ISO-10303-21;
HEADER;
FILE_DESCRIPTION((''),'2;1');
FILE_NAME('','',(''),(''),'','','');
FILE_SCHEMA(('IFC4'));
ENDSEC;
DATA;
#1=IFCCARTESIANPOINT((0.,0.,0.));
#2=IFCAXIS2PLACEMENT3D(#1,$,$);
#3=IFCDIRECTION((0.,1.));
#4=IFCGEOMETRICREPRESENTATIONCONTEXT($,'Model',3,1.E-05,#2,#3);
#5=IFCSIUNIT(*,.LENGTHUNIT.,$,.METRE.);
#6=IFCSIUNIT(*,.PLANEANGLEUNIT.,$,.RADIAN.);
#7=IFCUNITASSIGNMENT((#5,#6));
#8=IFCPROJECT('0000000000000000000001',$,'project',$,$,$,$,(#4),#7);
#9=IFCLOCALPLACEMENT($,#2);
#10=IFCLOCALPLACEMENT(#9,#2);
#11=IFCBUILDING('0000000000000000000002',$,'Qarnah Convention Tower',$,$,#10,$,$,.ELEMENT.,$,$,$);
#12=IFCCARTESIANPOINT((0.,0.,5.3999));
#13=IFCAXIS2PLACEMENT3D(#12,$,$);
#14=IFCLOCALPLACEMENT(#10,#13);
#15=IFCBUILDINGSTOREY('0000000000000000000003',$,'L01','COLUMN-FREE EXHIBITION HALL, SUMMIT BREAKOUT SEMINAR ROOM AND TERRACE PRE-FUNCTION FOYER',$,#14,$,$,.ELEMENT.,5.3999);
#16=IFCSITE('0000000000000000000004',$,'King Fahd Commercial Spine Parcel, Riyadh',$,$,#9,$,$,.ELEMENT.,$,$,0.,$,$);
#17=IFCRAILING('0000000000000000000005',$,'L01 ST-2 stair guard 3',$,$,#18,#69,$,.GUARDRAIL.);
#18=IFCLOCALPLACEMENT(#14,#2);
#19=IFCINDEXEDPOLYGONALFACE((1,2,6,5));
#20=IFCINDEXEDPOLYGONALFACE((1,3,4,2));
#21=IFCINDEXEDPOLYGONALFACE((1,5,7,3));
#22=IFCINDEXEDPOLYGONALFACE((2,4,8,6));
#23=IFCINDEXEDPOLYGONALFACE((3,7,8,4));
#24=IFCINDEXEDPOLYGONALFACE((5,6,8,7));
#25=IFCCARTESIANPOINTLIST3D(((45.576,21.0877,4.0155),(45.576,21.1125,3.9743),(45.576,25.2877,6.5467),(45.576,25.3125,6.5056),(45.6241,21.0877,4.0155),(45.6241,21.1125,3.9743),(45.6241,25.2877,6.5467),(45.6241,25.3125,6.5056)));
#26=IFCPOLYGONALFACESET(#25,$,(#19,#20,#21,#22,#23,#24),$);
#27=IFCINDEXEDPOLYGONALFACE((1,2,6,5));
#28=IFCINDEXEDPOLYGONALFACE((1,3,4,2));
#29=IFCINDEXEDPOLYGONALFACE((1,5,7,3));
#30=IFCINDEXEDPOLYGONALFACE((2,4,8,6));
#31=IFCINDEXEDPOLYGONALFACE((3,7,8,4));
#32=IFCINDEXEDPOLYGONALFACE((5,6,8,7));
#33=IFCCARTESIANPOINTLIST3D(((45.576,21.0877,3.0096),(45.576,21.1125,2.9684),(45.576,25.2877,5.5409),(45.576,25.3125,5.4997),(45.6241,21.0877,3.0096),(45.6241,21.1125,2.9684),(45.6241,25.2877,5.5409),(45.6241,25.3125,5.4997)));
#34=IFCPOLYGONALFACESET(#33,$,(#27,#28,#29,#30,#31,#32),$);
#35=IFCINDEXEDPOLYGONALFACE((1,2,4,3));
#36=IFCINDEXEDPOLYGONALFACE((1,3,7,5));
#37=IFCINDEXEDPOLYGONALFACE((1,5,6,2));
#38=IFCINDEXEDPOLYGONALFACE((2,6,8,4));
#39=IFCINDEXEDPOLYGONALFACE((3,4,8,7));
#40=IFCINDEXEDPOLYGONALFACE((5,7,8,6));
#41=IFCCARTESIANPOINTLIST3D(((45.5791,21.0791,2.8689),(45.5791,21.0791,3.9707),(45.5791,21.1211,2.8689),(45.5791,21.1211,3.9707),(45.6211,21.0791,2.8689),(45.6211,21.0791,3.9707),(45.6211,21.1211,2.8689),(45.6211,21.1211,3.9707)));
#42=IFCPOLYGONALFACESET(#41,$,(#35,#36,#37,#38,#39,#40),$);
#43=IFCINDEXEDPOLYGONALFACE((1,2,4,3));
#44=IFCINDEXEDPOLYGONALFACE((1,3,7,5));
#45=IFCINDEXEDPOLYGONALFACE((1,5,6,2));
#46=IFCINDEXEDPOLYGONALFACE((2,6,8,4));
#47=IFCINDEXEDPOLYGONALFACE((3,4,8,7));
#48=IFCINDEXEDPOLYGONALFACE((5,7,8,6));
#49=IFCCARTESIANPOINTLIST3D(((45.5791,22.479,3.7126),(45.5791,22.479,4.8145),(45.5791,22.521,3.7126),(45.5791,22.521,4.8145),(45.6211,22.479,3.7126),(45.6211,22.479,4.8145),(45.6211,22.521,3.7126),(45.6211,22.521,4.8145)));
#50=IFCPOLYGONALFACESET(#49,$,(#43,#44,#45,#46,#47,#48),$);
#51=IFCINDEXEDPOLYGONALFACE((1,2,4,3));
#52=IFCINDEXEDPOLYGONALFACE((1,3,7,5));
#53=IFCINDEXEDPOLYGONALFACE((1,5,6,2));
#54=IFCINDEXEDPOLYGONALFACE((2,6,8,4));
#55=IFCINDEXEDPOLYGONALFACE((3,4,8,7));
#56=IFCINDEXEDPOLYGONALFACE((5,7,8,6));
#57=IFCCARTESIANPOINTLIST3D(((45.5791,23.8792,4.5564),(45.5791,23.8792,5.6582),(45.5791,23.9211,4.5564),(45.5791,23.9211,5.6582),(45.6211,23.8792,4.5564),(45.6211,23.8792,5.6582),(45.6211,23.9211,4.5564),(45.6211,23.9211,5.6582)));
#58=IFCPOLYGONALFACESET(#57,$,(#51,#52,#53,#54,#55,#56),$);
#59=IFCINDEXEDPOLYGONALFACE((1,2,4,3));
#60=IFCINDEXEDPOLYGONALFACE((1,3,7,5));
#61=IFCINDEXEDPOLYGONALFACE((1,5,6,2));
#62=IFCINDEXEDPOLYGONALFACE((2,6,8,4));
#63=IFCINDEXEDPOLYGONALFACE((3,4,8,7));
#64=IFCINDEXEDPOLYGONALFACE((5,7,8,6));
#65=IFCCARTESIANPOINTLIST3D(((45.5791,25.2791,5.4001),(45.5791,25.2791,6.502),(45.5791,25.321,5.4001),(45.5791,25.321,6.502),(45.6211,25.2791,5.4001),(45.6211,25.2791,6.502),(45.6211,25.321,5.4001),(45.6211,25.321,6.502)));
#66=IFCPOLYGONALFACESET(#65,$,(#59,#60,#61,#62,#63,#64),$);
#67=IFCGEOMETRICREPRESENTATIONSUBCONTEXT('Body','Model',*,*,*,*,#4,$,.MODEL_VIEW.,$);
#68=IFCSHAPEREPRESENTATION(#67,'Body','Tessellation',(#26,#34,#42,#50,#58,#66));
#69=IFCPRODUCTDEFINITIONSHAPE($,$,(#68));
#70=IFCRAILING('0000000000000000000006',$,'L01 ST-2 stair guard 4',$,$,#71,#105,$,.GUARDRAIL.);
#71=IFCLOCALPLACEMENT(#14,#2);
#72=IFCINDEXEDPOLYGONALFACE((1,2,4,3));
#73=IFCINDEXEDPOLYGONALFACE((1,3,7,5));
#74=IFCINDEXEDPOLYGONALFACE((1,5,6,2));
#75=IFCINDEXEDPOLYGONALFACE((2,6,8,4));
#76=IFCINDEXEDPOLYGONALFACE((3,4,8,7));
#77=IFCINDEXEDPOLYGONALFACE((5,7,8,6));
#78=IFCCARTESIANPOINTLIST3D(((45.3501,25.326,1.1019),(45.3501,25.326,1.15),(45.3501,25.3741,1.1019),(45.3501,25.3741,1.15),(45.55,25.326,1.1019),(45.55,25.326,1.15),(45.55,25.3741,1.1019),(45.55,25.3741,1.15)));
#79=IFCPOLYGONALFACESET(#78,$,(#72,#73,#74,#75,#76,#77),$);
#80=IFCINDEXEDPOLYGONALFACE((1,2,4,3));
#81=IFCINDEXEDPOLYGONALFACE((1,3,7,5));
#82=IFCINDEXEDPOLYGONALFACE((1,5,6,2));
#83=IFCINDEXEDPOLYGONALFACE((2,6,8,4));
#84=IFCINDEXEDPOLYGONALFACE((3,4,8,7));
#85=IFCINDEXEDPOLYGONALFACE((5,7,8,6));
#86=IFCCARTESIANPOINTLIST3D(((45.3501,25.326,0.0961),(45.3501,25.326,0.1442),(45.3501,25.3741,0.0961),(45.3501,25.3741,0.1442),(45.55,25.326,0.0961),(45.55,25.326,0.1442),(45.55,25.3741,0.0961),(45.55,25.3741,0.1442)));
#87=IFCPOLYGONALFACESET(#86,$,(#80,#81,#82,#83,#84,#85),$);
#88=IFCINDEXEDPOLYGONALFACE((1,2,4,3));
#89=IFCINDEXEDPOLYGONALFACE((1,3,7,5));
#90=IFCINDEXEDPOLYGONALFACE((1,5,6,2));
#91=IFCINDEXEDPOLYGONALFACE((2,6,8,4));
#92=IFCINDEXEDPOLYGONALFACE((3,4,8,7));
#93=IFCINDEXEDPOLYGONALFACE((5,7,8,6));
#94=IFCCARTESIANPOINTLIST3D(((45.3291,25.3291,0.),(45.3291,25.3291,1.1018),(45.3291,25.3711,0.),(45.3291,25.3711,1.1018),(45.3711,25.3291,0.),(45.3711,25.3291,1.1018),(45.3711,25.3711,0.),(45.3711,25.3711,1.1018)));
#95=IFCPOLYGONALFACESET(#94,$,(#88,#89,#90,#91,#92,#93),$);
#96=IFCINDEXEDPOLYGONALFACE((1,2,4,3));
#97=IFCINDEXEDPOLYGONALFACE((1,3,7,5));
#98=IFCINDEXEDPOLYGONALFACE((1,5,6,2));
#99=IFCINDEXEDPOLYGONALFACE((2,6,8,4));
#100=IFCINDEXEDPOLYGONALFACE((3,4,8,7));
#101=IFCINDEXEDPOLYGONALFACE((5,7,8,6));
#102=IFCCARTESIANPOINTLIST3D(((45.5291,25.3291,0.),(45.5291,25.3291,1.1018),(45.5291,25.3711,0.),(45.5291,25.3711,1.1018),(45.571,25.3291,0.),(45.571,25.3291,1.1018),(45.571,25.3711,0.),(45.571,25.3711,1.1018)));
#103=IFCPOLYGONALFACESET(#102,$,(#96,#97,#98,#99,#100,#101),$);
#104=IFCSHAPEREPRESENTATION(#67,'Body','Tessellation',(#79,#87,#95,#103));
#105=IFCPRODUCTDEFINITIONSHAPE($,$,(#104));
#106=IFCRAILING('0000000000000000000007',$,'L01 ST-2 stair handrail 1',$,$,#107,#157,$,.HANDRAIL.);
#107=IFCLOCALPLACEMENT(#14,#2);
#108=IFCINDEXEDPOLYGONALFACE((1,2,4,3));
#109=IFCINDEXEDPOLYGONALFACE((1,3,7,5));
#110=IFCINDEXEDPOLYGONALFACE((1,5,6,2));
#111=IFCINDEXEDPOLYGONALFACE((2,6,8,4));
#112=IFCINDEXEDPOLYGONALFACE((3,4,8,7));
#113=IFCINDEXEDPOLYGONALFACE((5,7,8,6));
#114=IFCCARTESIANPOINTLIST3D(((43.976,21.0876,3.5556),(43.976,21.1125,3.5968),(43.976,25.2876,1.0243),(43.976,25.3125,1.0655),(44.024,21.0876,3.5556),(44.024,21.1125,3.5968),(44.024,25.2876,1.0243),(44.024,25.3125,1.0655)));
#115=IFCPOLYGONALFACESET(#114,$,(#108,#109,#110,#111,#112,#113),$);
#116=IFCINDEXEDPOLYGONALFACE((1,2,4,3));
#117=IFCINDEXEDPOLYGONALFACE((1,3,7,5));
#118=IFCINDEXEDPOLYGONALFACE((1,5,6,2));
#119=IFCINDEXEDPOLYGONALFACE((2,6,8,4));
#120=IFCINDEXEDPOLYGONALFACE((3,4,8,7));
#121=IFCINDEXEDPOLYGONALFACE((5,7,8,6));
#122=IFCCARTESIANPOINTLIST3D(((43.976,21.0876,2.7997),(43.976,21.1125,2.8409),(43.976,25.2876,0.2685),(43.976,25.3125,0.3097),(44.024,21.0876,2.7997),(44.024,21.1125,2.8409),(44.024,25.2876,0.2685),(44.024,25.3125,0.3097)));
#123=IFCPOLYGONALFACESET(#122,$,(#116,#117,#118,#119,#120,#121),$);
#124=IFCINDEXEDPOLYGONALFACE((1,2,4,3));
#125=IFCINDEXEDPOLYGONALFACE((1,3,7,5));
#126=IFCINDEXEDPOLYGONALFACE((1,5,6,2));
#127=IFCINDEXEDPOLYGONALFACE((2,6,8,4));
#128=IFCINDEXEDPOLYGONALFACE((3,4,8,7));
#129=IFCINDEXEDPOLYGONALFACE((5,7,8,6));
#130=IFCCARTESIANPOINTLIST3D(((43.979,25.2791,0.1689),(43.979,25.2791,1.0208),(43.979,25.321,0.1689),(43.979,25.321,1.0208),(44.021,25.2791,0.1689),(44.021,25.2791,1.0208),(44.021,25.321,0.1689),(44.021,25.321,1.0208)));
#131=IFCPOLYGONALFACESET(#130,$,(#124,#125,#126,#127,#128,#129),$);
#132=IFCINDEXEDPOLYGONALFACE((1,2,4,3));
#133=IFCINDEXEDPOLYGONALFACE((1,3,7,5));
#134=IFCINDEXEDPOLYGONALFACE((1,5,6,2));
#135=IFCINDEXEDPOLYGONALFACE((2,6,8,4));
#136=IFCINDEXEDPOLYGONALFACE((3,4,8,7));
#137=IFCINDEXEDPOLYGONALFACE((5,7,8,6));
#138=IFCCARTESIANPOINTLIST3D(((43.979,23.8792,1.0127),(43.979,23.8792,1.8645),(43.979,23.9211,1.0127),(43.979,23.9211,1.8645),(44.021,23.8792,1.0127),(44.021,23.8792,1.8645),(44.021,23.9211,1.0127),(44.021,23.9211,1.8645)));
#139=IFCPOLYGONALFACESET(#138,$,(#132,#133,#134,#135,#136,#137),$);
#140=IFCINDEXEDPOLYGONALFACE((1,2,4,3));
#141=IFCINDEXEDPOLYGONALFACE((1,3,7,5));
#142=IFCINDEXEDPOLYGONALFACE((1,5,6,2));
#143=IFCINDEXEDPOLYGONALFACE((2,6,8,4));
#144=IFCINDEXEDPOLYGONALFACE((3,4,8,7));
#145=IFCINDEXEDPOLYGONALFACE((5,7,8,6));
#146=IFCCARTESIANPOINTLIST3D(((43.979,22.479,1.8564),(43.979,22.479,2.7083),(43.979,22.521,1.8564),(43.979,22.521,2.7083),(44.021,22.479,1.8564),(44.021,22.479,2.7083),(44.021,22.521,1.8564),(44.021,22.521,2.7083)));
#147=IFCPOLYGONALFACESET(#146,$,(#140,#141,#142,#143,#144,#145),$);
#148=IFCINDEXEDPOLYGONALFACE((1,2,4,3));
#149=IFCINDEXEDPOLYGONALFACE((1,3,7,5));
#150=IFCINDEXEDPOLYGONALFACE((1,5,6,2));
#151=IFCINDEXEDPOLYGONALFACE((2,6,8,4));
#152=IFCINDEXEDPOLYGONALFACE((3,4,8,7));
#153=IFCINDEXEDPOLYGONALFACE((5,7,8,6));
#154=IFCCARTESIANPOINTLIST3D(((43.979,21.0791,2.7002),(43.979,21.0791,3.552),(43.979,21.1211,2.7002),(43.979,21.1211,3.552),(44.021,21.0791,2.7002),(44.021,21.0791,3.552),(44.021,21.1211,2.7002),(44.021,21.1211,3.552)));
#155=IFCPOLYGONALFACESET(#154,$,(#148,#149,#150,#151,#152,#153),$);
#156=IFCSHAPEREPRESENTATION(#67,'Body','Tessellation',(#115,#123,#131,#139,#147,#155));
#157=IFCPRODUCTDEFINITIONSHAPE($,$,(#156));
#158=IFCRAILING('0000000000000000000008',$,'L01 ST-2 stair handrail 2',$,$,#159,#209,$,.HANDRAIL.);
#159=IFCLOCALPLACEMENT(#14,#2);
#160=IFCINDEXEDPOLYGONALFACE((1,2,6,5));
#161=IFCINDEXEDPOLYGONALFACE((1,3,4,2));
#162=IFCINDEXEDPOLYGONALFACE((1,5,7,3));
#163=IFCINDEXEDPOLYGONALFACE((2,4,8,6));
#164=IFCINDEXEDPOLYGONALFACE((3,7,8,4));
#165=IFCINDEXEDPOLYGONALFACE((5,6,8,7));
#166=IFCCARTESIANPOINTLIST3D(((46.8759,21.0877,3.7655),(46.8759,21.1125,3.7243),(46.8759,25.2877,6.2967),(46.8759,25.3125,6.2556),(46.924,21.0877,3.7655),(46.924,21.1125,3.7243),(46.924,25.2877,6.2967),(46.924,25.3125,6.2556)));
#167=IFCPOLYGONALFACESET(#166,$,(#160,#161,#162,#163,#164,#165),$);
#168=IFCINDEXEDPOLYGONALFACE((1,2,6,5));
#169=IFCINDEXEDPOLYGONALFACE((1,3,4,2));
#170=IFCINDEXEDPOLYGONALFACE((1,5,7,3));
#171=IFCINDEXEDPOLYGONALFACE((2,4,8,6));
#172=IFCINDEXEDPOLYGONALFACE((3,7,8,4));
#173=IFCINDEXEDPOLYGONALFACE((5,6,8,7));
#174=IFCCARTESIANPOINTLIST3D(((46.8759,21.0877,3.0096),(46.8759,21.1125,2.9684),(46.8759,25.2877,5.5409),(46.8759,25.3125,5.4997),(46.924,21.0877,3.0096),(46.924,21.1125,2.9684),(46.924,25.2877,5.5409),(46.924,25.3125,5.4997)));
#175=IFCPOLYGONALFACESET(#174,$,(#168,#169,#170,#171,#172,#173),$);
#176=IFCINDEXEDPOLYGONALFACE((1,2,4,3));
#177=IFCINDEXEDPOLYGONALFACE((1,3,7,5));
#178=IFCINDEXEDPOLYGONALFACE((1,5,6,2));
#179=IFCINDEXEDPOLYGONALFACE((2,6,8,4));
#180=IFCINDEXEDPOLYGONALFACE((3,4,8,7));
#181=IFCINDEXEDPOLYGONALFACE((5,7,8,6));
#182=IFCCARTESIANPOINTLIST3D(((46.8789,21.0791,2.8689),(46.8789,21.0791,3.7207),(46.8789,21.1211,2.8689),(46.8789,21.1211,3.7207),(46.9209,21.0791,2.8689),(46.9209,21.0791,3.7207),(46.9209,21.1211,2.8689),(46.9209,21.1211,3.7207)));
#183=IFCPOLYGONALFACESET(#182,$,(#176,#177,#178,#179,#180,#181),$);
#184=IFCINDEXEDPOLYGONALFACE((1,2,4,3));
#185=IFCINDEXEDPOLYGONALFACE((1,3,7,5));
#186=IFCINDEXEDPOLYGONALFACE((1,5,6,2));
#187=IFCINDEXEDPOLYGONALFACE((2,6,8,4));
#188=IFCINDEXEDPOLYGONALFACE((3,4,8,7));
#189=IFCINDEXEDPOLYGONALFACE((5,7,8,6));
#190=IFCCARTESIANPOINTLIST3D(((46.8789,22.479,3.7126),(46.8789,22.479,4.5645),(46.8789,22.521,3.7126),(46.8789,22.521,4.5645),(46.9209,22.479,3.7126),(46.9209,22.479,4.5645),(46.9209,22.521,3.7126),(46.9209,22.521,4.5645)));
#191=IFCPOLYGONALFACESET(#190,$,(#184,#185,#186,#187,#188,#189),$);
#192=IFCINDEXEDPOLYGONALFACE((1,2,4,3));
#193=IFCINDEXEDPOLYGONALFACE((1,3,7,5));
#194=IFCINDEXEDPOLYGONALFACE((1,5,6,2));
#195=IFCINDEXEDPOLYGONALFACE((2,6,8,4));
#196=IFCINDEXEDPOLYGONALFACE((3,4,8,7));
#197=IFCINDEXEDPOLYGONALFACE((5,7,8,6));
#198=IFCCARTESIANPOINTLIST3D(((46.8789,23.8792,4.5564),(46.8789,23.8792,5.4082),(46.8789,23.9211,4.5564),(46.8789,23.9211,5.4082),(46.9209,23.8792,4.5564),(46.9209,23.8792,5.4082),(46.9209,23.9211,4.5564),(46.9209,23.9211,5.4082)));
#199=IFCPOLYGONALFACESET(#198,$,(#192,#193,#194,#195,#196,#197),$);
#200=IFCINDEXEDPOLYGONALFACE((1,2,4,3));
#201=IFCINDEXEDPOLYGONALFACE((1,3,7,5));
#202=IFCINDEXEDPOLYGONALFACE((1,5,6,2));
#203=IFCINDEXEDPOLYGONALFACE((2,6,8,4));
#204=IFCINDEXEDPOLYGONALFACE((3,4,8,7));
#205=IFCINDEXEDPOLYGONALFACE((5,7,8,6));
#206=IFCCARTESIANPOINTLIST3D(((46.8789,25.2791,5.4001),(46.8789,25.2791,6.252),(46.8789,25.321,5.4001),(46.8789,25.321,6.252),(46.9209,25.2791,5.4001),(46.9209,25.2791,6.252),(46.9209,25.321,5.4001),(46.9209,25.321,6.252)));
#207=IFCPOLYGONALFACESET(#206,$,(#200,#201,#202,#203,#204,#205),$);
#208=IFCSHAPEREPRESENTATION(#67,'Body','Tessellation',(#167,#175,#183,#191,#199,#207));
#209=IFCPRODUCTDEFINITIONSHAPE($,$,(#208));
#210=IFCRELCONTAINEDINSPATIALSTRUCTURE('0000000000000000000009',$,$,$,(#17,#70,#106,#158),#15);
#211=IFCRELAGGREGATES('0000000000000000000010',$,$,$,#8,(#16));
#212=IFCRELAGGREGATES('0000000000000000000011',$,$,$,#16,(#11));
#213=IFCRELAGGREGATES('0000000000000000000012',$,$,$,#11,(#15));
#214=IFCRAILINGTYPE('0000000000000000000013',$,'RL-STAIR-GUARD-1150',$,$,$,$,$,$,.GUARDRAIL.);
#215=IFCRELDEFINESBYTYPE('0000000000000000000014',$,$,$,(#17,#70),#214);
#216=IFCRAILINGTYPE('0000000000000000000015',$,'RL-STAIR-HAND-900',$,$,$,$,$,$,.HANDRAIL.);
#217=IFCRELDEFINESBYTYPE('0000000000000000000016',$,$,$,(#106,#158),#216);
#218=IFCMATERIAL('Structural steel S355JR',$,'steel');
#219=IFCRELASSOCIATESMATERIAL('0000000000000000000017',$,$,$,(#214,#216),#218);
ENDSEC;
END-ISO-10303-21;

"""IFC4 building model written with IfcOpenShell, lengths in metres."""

from ifc_helpers import new_model, si_unit, direction, frame, origin, origin_2d, place, context, subcontext, project, spatial, rectangle, extrude, material, type_object, element, save


model = new_model("IFC4")

# Units and contexts
model_context = context("Model", 3, precision=1e-05, world=origin(), true_north=direction((0.0, 1.0)))
body_context = subcontext(model_context, "Body", "Model", "MODEL_VIEW")
ifc_project = project(units=[si_unit("LENGTHUNIT", "METRE"), si_unit("PLANEANGLEUNIT", "RADIAN")], contexts=[model_context])

# Site, building, storey
site_placement = place(None, origin())
site = spatial("IfcSite", under=ifc_project, at=site_placement, Name="King Fahd Commercial Spine Parcel, Riyadh", CompositionType="ELEMENT", RefElevation=0.0)
building_placement = place(site_placement, origin())
building = spatial("IfcBuilding", under=site, at=building_placement, Name="Qarnah Convention Tower", CompositionType="ELEMENT")
storey_placement = place(building_placement, frame((0.0, 0.0, 5.3999)))
storey = spatial("IfcBuildingStorey", under=building, at=storey_placement, Name="L01", Description="COLUMN-FREE EXHIBITION HALL, SUMMIT BREAKOUT SEMINAR ROOM AND TERRACE PRE-FUNCTION FOYER", CompositionType="ELEMENT", Elevation=5.3999)

# Shared definitions
ifc_material_1 = material(Name="Structural steel S355JR", Category="steel")

# Railings
railing_type_1 = type_object("IfcRailingType", Name="RL-STAIR-GUARD-1150", PredefinedType="GUARDRAIL", material=ifc_material_1)
railing_1_placement = place(storey_placement, frame((45.6001, 21.1001, 2.8689)))
element("IfcRailing", 1, at=railing_1_placement, inside=storey, type_object=railing_type_1, Name="L01 ST-2 stair guard 3", PredefinedType="GUARDRAIL", context=body_context, shape_type="SweptSolid", body=[
    extrude(rectangle(XDim=0.0481, YDim=0.0481, at=origin_2d()), frame((0.0, 0.0, 1.126), z_axis=(0.0, 0.856476, 0.516186), x_axis=(-1.0, 0.0, 0.0)), (0.0, 0.0, 1.0), 4.9038),
    extrude(rectangle(XDim=0.0481, YDim=0.0481, at=origin_2d()), frame((0.0, 0.0, 0.1201), z_axis=(0.0, 0.856476, 0.516186), x_axis=(-1.0, 0.0, 0.0)), (0.0, 0.0, 1.0), 4.9038),
    extrude(rectangle(XDim=0.042, YDim=0.042, at=origin_2d()), origin(), (0.0, 0.0, 1.0), 1.1018),
    extrude(rectangle(XDim=0.042, YDim=0.042, at=origin_2d()), frame((0.0, 1.3999, 0.8438)), (0.0, 0.0, 1.0), 1.1018),
    extrude(rectangle(XDim=0.042, YDim=0.042, at=origin_2d()), frame((0.0, 2.8, 1.6875)), (0.0, 0.0, 1.0), 1.1018),
    extrude(rectangle(XDim=0.042, YDim=0.042, at=origin_2d()), frame((0.0, 4.2, 2.5312)), (0.0, 0.0, 1.0), 1.1018),
])
railing_2_placement = place(storey_placement, frame((45.3501, 25.3501, 0.0)))
element("IfcRailing", 2, at=railing_2_placement, inside=storey, type_object=railing_type_1, Name="L01 ST-2 stair guard 4", PredefinedType="GUARDRAIL", context=body_context, shape_type="SweptSolid", body=[
    extrude(rectangle(XDim=0.0481, YDim=0.0481, at=origin_2d()), frame((0.0, 0.0, 1.126), z_axis=(1.0, 0.0, 0.0), x_axis=(0.0, 1.0, 0.0)), (0.0, 0.0, 1.0), 0.2),
    extrude(rectangle(XDim=0.0481, YDim=0.0481, at=origin_2d()), frame((0.0, 0.0, 0.1201), z_axis=(1.0, 0.0, 0.0), x_axis=(0.0, 1.0, 0.0)), (0.0, 0.0, 1.0), 0.2),
    extrude(rectangle(XDim=0.042, YDim=0.042, at=origin_2d()), origin(), (0.0, 0.0, 1.0), 1.1018),
    extrude(rectangle(XDim=0.042, YDim=0.042, at=origin_2d()), frame((0.2, 0.0, 0.0)), (0.0, 0.0, 1.0), 1.1018),
])
railing_type_2 = type_object("IfcRailingType", Name="RL-STAIR-HAND-900", PredefinedType="HANDRAIL", material=ifc_material_1)
railing_3_placement = place(storey_placement, frame((44.0, 25.3, 0.1689)))
element("IfcRailing", 3, at=railing_3_placement, inside=storey, type_object=railing_type_2, Name="L01 ST-2 stair handrail 1", PredefinedType="HANDRAIL", context=body_context, shape_type="SweptSolid", body=[
    extrude(rectangle(XDim=0.0481, YDim=0.0481, at=origin_2d()), frame((0.0, 0.0, 0.876), z_axis=(0.0, -0.856476, 0.516186), x_axis=(1.0, 0.0, 0.0)), (0.0, 0.0, 1.0), 4.9038),
    extrude(rectangle(XDim=0.0481, YDim=0.0481, at=origin_2d()), frame((0.0, 0.0, 0.1201), z_axis=(0.0, -0.856476, 0.516186), x_axis=(1.0, 0.0, 0.0)), (0.0, 0.0, 1.0), 4.9038),
    extrude(rectangle(XDim=0.042, YDim=0.042, at=origin_2d()), origin(), (0.0, 0.0, 1.0), 0.8518),
    extrude(rectangle(XDim=0.042, YDim=0.042, at=origin_2d()), frame((0.0, -1.3999, 0.8438)), (0.0, 0.0, 1.0), 0.8518),
    extrude(rectangle(XDim=0.042, YDim=0.042, at=origin_2d()), frame((0.0, -2.8, 1.6875)), (0.0, 0.0, 1.0), 0.8518),
    extrude(rectangle(XDim=0.042, YDim=0.042, at=origin_2d()), frame((0.0, -4.2, 2.5312)), (0.0, 0.0, 1.0), 0.8518),
])
railing_4_placement = place(storey_placement, frame((46.8999, 21.1001, 2.8689)))
element("IfcRailing", 4, at=railing_4_placement, inside=storey, type_object=railing_type_2, Name="L01 ST-2 stair handrail 2", PredefinedType="HANDRAIL", context=body_context, shape_type="SweptSolid", body=[
    extrude(rectangle(XDim=0.0481, YDim=0.0481, at=origin_2d()), frame((0.0, 0.0, 0.876), z_axis=(0.0, 0.856476, 0.516186), x_axis=(-1.0, 0.0, 0.0)), (0.0, 0.0, 1.0), 4.9038),
    extrude(rectangle(XDim=0.0481, YDim=0.0481, at=origin_2d()), frame((0.0, 0.0, 0.1201), z_axis=(0.0, 0.856476, 0.516186), x_axis=(-1.0, 0.0, 0.0)), (0.0, 0.0, 1.0), 4.9038),
    extrude(rectangle(XDim=0.042, YDim=0.042, at=origin_2d()), origin(), (0.0, 0.0, 1.0), 0.8518),
    extrude(rectangle(XDim=0.042, YDim=0.042, at=origin_2d()), frame((0.0, 1.3999, 0.8438)), (0.0, 0.0, 1.0), 0.8518),
    extrude(rectangle(XDim=0.042, YDim=0.042, at=origin_2d()), frame((0.0, 2.8, 1.6875)), (0.0, 0.0, 1.0), 0.8518),
    extrude(rectangle(XDim=0.042, YDim=0.042, at=origin_2d()), frame((0.0, 4.2, 2.5312)), (0.0, 0.0, 1.0), 0.8518),
])

save(model, "model.ifc")
